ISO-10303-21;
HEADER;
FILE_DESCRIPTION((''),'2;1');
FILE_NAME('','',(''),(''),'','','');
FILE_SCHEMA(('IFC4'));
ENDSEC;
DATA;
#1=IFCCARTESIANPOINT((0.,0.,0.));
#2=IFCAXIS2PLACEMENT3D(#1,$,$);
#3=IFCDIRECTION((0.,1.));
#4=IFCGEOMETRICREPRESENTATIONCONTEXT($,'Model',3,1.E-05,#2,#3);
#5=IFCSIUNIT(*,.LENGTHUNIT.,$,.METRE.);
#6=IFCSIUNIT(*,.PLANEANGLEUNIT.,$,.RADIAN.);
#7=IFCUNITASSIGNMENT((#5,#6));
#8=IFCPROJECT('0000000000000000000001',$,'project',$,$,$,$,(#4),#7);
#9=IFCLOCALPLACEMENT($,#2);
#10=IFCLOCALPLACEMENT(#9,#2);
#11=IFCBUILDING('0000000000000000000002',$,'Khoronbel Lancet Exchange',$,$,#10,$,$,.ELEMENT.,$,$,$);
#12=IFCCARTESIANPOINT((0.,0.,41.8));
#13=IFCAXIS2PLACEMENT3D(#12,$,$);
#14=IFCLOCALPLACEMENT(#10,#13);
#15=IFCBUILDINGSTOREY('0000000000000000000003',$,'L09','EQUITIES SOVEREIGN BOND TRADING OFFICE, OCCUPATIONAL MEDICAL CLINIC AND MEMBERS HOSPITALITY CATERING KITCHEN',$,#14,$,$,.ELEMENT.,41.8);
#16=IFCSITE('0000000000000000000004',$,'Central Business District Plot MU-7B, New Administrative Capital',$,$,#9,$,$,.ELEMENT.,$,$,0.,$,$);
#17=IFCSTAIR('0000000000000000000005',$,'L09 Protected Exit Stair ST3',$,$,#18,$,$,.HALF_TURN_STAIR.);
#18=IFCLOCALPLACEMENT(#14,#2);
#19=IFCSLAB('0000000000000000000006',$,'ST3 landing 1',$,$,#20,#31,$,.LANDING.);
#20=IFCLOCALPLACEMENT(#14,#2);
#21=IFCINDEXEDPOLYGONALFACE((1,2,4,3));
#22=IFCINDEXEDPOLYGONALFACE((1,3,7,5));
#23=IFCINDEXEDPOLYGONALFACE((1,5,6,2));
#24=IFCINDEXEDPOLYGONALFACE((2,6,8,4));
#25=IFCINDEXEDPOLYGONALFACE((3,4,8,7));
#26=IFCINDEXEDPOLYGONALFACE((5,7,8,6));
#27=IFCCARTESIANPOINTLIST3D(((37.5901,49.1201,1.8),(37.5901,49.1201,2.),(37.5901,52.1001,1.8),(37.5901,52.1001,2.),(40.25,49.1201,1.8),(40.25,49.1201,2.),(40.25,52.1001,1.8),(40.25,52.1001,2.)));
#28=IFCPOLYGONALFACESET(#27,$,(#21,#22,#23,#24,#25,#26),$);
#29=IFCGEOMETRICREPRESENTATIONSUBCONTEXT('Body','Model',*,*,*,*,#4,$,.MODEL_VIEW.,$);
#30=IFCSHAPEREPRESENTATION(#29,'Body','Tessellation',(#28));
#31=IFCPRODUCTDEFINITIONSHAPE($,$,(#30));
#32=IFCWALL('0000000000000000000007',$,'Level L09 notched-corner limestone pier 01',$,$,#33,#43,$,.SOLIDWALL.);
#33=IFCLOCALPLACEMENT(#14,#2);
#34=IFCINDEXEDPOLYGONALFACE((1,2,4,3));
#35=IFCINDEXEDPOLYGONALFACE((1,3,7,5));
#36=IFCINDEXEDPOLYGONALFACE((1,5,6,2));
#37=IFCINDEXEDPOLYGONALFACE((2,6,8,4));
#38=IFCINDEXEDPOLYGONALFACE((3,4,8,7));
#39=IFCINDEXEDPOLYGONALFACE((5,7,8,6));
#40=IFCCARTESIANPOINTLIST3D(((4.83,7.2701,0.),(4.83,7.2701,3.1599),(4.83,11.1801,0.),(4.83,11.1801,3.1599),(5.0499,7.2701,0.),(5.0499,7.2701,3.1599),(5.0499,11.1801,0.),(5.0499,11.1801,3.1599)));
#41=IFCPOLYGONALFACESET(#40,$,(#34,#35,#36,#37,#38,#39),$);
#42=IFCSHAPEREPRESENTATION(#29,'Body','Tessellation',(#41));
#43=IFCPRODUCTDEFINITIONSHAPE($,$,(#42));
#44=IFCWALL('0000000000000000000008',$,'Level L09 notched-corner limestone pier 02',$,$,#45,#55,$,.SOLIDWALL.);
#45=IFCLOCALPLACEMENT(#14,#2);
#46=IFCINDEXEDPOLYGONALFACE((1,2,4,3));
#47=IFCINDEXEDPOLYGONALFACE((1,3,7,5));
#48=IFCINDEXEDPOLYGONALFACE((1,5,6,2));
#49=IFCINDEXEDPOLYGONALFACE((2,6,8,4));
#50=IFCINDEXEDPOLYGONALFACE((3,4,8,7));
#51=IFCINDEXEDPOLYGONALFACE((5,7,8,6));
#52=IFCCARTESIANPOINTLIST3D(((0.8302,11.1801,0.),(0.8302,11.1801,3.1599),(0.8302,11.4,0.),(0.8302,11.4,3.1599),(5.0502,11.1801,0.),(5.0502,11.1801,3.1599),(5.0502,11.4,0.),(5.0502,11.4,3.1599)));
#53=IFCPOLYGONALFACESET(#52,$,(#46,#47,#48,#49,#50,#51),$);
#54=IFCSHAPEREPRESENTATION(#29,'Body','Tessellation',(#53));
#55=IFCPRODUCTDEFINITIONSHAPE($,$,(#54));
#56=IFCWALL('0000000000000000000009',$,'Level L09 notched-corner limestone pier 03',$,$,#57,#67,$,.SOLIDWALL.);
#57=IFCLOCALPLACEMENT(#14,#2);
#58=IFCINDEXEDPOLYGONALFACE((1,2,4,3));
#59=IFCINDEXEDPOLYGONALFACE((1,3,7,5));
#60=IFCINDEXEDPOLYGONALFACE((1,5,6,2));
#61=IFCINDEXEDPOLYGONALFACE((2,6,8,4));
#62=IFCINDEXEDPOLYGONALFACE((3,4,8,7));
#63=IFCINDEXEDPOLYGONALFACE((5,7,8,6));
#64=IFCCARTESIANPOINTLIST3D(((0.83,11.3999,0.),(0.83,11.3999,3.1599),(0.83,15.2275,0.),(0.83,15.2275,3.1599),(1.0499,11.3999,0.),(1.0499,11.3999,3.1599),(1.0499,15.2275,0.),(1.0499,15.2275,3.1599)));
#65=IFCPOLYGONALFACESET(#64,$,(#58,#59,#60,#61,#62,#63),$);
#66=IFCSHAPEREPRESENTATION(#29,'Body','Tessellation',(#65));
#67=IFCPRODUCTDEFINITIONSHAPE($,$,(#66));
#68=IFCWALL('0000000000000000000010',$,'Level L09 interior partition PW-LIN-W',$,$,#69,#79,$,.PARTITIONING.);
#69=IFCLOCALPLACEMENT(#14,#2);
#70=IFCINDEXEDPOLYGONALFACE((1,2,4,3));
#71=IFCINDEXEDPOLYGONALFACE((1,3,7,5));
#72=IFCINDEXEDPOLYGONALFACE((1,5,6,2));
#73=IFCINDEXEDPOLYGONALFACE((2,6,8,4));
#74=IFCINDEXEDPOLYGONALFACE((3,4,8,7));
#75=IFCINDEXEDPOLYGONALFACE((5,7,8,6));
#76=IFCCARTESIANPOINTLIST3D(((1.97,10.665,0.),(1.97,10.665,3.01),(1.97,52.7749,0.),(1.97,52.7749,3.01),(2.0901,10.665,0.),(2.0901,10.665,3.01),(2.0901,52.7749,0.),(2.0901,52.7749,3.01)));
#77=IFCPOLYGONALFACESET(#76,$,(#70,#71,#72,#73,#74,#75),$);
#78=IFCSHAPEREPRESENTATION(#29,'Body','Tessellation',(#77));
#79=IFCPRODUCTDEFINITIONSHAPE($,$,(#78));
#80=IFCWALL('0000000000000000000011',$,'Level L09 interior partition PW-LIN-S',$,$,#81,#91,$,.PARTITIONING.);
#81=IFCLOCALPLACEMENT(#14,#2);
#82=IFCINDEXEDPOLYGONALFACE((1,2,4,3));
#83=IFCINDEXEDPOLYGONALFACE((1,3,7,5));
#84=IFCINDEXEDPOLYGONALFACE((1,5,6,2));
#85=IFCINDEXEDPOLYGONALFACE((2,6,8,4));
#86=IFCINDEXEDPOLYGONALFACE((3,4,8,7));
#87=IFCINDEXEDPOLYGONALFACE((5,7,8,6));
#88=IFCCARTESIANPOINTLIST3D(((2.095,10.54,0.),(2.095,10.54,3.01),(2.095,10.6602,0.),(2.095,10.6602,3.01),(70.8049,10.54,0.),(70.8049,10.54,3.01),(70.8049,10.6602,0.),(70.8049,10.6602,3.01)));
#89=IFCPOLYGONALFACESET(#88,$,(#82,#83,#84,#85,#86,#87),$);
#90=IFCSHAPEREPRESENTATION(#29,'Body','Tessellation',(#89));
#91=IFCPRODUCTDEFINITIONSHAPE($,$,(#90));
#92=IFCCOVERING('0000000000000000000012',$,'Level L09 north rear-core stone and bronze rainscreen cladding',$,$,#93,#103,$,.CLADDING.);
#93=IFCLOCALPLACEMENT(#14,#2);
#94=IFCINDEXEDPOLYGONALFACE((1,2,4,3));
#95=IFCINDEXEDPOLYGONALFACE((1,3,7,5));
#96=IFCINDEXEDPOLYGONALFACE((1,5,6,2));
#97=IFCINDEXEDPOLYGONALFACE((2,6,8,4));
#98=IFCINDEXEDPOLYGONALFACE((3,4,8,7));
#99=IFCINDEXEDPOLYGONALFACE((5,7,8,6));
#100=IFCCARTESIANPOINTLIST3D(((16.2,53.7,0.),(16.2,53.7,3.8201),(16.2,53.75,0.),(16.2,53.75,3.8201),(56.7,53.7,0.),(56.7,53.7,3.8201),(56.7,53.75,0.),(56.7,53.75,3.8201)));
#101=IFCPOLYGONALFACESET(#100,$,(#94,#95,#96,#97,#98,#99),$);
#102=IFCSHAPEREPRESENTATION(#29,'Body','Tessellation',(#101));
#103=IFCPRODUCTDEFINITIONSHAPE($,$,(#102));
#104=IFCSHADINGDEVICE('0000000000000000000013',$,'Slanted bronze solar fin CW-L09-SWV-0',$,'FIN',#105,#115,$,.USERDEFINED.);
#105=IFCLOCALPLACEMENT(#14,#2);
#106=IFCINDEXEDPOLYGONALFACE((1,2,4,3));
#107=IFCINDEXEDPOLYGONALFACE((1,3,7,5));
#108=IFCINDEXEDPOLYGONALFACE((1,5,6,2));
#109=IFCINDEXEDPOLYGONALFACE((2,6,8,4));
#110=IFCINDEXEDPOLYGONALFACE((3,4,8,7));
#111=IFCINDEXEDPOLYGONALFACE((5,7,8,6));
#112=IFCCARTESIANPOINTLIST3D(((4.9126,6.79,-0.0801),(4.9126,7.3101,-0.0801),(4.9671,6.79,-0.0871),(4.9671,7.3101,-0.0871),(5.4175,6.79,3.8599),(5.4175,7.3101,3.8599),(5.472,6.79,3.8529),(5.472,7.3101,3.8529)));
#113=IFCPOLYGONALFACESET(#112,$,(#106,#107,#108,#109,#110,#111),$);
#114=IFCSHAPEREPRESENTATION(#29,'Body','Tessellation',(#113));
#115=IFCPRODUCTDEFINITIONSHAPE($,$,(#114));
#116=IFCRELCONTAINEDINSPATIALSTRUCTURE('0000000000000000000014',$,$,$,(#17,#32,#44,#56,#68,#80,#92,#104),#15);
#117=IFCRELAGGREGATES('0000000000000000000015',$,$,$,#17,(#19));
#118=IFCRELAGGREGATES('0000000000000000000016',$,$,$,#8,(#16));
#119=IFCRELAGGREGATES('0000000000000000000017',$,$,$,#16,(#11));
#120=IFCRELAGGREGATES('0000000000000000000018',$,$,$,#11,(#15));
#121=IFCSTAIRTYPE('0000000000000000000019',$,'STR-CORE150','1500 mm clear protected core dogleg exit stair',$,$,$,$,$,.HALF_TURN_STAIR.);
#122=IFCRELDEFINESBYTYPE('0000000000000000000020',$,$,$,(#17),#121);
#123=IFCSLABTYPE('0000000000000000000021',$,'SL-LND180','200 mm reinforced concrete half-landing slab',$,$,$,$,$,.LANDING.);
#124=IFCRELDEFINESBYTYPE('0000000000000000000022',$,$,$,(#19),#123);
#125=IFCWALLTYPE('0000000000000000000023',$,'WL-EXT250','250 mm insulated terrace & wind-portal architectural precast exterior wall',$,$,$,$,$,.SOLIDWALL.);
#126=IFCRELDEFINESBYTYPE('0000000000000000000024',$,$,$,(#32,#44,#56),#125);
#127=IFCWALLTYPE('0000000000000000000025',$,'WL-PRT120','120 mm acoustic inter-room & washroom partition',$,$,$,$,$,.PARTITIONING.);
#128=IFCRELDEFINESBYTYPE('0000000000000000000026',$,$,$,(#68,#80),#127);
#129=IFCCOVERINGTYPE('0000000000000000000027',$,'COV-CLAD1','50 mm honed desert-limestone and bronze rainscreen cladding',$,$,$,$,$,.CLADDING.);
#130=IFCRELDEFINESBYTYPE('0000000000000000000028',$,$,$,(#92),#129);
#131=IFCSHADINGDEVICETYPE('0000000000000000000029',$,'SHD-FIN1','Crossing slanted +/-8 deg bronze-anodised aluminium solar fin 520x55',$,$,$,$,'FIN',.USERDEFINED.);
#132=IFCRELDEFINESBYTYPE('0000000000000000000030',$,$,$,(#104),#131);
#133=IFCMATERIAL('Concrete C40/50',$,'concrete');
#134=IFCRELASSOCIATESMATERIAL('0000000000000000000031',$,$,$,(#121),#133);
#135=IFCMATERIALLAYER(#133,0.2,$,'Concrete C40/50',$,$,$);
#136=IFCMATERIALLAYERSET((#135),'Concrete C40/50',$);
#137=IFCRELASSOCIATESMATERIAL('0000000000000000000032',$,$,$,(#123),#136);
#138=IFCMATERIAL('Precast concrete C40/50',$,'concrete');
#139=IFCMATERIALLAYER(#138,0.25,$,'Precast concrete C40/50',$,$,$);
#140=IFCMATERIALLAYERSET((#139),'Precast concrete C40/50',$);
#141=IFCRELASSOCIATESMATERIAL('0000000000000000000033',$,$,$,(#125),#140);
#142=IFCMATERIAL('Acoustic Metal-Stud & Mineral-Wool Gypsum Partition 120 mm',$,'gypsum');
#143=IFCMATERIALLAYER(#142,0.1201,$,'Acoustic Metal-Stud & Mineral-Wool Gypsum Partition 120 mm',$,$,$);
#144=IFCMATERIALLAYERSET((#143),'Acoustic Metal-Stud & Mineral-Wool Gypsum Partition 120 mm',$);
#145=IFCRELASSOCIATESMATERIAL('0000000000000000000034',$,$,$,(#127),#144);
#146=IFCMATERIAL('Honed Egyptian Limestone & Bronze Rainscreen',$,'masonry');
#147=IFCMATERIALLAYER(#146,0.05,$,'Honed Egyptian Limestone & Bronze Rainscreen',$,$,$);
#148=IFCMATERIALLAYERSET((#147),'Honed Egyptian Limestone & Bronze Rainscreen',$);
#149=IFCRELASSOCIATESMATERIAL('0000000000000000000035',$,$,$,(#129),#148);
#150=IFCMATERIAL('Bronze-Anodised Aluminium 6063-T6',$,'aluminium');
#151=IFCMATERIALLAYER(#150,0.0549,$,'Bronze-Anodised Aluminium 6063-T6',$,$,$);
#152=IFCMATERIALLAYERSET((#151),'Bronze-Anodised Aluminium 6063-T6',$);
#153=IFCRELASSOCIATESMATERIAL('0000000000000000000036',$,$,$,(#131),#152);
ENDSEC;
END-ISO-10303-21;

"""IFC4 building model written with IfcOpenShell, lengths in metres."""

from ifc_helpers import new_model, si_unit, direction, frame, frame_2d, origin, place, context, subcontext, project, spatial, polyline, rectangle, outline, extrude, material, layer, layer_set, type_object, element, aggregate, save


model = new_model("IFC4")

# Units and contexts
model_context = context("Model", 3, precision=1e-05, world=origin(), true_north=direction((0.0, 1.0)))
body_context = subcontext(model_context, "Body", "Model", "MODEL_VIEW")
ifc_project = project(units=[si_unit("LENGTHUNIT", "METRE"), si_unit("PLANEANGLEUNIT", "RADIAN")], contexts=[model_context])

# Site, building, storey
site_placement = place(None, origin())
site = spatial("IfcSite", under=ifc_project, at=site_placement, Name="Central Business District Plot MU-7B, New Administrative Capital", CompositionType="ELEMENT", RefElevation=0.0)
building_placement = place(site_placement, origin())
building = spatial("IfcBuilding", under=site, at=building_placement, Name="Khoronbel Lancet Exchange", CompositionType="ELEMENT")
storey_placement = place(building_placement, frame((0.0, 0.0, 41.8)))
storey = spatial("IfcBuildingStorey", under=building, at=storey_placement, Name="L09", Description="EQUITIES SOVEREIGN BOND TRADING OFFICE, OCCUPATIONAL MEDICAL CLINIC AND MEMBERS HOSPITALITY CATERING KITCHEN", CompositionType="ELEMENT", Elevation=41.8)

# Shared definitions
ifc_material_1 = material(Name="Bronze-Anodised Aluminium 6063-T6", Category="aluminium")

# Shared definitions
ifc_material_2 = material(Name="Concrete C40/50", Category="concrete")

# Stair, slab
stair_type = type_object("IfcStairType", Name="STR-CORE150", Description="1500 mm clear protected core dogleg exit stair", PredefinedType="HALF_TURN_STAIR", material=ifc_material_2)
ifc_layer_1 = layer(ifc_material_2, 0.2, Name="Concrete C40/50")
ifc_layer_set_1 = layer_set([ifc_layer_1], Name="Concrete C40/50")
slab_type_1 = type_object("IfcSlabType", Name="SL-LND180", Description="200 mm reinforced concrete half-landing slab", PredefinedType="LANDING", material=ifc_layer_set_1)
stair_1_placement = place(storey_placement, origin())
stair_1 = element("IfcStair", 1, at=stair_1_placement, inside=storey, type_object=stair_type, Name="L09 Protected Exit Stair ST3", PredefinedType="HALF_TURN_STAIR")
slab_1_placement = place(storey_placement, frame((0.0, 0.0, 1.8)))
slab_1 = element("IfcSlab", 2, at=slab_1_placement, type_object=slab_type_1, Name="ST3 landing 1", PredefinedType="LANDING", context=body_context, shape_type="SweptSolid", body=[
    extrude(outline(polyline([(37.5901, 49.1201), (40.25, 49.1201), (40.25, 52.1001), (37.5901, 52.1001), (37.5901, 49.1201)])), origin(), (0.0, 0.0, 1.0), 0.2),
])
aggregate(stair_1, [slab_1])

# Walls
ifc_material_3 = material(Name="Precast concrete C40/50", Category="concrete")
ifc_layer_2 = layer(ifc_material_3, 0.25, Name="Precast concrete C40/50")
ifc_layer_set_2 = layer_set([ifc_layer_2], Name="Precast concrete C40/50")
wall_type_1 = type_object("IfcWallType", Name="WL-EXT250", Description="250 mm insulated terrace & wind-portal architectural precast exterior wall", PredefinedType="SOLIDWALL", material=ifc_layer_set_2)
wall_1_placement = place(storey_placement, frame((4.9399, 7.27, 0.0), z_axis=(0.0, 0.0, 1.0), x_axis=(0.0, 1.0, 0.0)))
element("IfcWall", 3, at=wall_1_placement, inside=storey, type_object=wall_type_1, Name="Level L09 notched-corner limestone pier 01", PredefinedType="SOLIDWALL", context=body_context, shape_type="SweptSolid", body=[
    extrude(rectangle(XDim=3.9099, YDim=0.22, at=frame_2d((1.9551, 0.0))), origin(), (0.0, 0.0, 1.0), 3.1599),
])
wall_2_placement = place(storey_placement, frame((5.05, 11.29, 0.0), z_axis=(0.0, 0.0, 1.0), x_axis=(-1.0, 0.0, 0.0)))
element("IfcWall", 4, at=wall_2_placement, inside=storey, type_object=wall_type_1, Name="Level L09 notched-corner limestone pier 02", PredefinedType="SOLIDWALL", context=body_context, shape_type="SweptSolid", body=[
    extrude(rectangle(XDim=4.22, YDim=0.22, at=frame_2d((2.1099, 0.0))), origin(), (0.0, 0.0, 1.0), 3.1599),
])
wall_3_placement = place(storey_placement, frame((0.9399, 11.3999, 0.0), z_axis=(0.0, 0.0, 1.0), x_axis=(0.0, 1.0, 0.0)))
element("IfcWall", 5, at=wall_3_placement, inside=storey, type_object=wall_type_1, Name="Level L09 notched-corner limestone pier 03", PredefinedType="SOLIDWALL", context=body_context, shape_type="SweptSolid", body=[
    extrude(rectangle(XDim=3.8276, YDim=0.22, at=frame_2d((1.9138, 0.0))), origin(), (0.0, 0.0, 1.0), 3.1599),
])
ifc_material_4 = material(Name="Acoustic Metal-Stud & Mineral-Wool Gypsum Partition 120 mm", Category="gypsum")
ifc_layer_3 = layer(ifc_material_4, 0.1201, Name="Acoustic Metal-Stud & Mineral-Wool Gypsum Partition 120 mm")
ifc_layer_set_3 = layer_set([ifc_layer_3], Name="Acoustic Metal-Stud & Mineral-Wool Gypsum Partition 120 mm")
wall_type_2 = type_object("IfcWallType", Name="WL-PRT120", Description="120 mm acoustic inter-room & washroom partition", PredefinedType="PARTITIONING", material=ifc_layer_set_3)
wall_4_placement = place(storey_placement, frame((2.03, 10.665, 0.0), z_axis=(0.0, 0.0, 1.0), x_axis=(0.0, 1.0, 0.0)))
element("IfcWall", 6, at=wall_4_placement, inside=storey, type_object=wall_type_2, Name="Level L09 interior partition PW-LIN-W", PredefinedType="PARTITIONING", context=body_context, shape_type="SweptSolid", body=[
    extrude(rectangle(XDim=42.1099, YDim=0.1201, at=frame_2d((21.0549, 0.0))), origin(), (0.0, 0.0, 1.0), 3.01),
])
wall_5_placement = place(storey_placement, frame((2.095, 10.6001, 0.0), z_axis=(0.0, 0.0, 1.0), x_axis=(1.0, 0.0, 0.0)))
element("IfcWall", 7, at=wall_5_placement, inside=storey, type_object=wall_type_2, Name="Level L09 interior partition PW-LIN-S", PredefinedType="PARTITIONING", context=body_context, shape_type="SweptSolid", body=[
    extrude(rectangle(XDim=68.71, YDim=0.1201, at=frame_2d((34.355, 0.0))), origin(), (0.0, 0.0, 1.0), 3.01),
])

# Covering
ifc_material_5 = material(Name="Honed Egyptian Limestone & Bronze Rainscreen", Category="masonry")
ifc_layer_4 = layer(ifc_material_5, 0.05, Name="Honed Egyptian Limestone & Bronze Rainscreen")
ifc_layer_set_4 = layer_set([ifc_layer_4], Name="Honed Egyptian Limestone & Bronze Rainscreen")
covering_type = type_object("IfcCoveringType", Name="COV-CLAD1", Description="50 mm honed desert-limestone and bronze rainscreen cladding", PredefinedType="CLADDING", material=ifc_layer_set_4)
covering_placement = place(storey_placement, origin())
element("IfcCovering", 8, at=covering_placement, inside=storey, type_object=covering_type, Name="Level L09 north rear-core stone and bronze rainscreen cladding", PredefinedType="CLADDING", context=body_context, shape_type="SweptSolid", body=[
    extrude(outline(polyline([(16.2, 53.7), (56.7, 53.7), (56.7, 53.75), (16.2, 53.75), (16.2, 53.7)])), origin(), (0.0, 0.0, 1.0), 3.8201),
])

# Shading device
ifc_layer_5 = layer(ifc_material_1, 0.0549, Name="Bronze-Anodised Aluminium 6063-T6")
ifc_layer_set_5 = layer_set([ifc_layer_5], Name="Bronze-Anodised Aluminium 6063-T6")
shading_device_type = type_object("IfcShadingDeviceType", Name="SHD-FIN1", Description="Crossing slanted +/-8 deg bronze-anodised aluminium solar fin 520x55", ElementType="FIN", PredefinedType="USERDEFINED", material=ifc_layer_set_5)
shading_device_placement = place(storey_placement, frame((4.9126, 7.3101, -0.0801), z_axis=(-0.991889, 0.0, 0.127105), x_axis=(0.0, -1.0, 0.0)))
element("IfcShadingDevice", 9, at=shading_device_placement, inside=storey, type_object=shading_device_type, Name="Slanted bronze solar fin CW-L09-SWV-0", ObjectType="FIN", PredefinedType="USERDEFINED", context=body_context, shape_type="SweptSolid", body=[
    extrude(outline(polyline([(0.0, 0.0), (0.52, 0.0), (0.52, 3.9722), (0.0, 3.9722), (0.0, 0.0)])), origin(), (0.0, 0.0, -1.0), 0.0549),
])

save(model, "model.ifc")
